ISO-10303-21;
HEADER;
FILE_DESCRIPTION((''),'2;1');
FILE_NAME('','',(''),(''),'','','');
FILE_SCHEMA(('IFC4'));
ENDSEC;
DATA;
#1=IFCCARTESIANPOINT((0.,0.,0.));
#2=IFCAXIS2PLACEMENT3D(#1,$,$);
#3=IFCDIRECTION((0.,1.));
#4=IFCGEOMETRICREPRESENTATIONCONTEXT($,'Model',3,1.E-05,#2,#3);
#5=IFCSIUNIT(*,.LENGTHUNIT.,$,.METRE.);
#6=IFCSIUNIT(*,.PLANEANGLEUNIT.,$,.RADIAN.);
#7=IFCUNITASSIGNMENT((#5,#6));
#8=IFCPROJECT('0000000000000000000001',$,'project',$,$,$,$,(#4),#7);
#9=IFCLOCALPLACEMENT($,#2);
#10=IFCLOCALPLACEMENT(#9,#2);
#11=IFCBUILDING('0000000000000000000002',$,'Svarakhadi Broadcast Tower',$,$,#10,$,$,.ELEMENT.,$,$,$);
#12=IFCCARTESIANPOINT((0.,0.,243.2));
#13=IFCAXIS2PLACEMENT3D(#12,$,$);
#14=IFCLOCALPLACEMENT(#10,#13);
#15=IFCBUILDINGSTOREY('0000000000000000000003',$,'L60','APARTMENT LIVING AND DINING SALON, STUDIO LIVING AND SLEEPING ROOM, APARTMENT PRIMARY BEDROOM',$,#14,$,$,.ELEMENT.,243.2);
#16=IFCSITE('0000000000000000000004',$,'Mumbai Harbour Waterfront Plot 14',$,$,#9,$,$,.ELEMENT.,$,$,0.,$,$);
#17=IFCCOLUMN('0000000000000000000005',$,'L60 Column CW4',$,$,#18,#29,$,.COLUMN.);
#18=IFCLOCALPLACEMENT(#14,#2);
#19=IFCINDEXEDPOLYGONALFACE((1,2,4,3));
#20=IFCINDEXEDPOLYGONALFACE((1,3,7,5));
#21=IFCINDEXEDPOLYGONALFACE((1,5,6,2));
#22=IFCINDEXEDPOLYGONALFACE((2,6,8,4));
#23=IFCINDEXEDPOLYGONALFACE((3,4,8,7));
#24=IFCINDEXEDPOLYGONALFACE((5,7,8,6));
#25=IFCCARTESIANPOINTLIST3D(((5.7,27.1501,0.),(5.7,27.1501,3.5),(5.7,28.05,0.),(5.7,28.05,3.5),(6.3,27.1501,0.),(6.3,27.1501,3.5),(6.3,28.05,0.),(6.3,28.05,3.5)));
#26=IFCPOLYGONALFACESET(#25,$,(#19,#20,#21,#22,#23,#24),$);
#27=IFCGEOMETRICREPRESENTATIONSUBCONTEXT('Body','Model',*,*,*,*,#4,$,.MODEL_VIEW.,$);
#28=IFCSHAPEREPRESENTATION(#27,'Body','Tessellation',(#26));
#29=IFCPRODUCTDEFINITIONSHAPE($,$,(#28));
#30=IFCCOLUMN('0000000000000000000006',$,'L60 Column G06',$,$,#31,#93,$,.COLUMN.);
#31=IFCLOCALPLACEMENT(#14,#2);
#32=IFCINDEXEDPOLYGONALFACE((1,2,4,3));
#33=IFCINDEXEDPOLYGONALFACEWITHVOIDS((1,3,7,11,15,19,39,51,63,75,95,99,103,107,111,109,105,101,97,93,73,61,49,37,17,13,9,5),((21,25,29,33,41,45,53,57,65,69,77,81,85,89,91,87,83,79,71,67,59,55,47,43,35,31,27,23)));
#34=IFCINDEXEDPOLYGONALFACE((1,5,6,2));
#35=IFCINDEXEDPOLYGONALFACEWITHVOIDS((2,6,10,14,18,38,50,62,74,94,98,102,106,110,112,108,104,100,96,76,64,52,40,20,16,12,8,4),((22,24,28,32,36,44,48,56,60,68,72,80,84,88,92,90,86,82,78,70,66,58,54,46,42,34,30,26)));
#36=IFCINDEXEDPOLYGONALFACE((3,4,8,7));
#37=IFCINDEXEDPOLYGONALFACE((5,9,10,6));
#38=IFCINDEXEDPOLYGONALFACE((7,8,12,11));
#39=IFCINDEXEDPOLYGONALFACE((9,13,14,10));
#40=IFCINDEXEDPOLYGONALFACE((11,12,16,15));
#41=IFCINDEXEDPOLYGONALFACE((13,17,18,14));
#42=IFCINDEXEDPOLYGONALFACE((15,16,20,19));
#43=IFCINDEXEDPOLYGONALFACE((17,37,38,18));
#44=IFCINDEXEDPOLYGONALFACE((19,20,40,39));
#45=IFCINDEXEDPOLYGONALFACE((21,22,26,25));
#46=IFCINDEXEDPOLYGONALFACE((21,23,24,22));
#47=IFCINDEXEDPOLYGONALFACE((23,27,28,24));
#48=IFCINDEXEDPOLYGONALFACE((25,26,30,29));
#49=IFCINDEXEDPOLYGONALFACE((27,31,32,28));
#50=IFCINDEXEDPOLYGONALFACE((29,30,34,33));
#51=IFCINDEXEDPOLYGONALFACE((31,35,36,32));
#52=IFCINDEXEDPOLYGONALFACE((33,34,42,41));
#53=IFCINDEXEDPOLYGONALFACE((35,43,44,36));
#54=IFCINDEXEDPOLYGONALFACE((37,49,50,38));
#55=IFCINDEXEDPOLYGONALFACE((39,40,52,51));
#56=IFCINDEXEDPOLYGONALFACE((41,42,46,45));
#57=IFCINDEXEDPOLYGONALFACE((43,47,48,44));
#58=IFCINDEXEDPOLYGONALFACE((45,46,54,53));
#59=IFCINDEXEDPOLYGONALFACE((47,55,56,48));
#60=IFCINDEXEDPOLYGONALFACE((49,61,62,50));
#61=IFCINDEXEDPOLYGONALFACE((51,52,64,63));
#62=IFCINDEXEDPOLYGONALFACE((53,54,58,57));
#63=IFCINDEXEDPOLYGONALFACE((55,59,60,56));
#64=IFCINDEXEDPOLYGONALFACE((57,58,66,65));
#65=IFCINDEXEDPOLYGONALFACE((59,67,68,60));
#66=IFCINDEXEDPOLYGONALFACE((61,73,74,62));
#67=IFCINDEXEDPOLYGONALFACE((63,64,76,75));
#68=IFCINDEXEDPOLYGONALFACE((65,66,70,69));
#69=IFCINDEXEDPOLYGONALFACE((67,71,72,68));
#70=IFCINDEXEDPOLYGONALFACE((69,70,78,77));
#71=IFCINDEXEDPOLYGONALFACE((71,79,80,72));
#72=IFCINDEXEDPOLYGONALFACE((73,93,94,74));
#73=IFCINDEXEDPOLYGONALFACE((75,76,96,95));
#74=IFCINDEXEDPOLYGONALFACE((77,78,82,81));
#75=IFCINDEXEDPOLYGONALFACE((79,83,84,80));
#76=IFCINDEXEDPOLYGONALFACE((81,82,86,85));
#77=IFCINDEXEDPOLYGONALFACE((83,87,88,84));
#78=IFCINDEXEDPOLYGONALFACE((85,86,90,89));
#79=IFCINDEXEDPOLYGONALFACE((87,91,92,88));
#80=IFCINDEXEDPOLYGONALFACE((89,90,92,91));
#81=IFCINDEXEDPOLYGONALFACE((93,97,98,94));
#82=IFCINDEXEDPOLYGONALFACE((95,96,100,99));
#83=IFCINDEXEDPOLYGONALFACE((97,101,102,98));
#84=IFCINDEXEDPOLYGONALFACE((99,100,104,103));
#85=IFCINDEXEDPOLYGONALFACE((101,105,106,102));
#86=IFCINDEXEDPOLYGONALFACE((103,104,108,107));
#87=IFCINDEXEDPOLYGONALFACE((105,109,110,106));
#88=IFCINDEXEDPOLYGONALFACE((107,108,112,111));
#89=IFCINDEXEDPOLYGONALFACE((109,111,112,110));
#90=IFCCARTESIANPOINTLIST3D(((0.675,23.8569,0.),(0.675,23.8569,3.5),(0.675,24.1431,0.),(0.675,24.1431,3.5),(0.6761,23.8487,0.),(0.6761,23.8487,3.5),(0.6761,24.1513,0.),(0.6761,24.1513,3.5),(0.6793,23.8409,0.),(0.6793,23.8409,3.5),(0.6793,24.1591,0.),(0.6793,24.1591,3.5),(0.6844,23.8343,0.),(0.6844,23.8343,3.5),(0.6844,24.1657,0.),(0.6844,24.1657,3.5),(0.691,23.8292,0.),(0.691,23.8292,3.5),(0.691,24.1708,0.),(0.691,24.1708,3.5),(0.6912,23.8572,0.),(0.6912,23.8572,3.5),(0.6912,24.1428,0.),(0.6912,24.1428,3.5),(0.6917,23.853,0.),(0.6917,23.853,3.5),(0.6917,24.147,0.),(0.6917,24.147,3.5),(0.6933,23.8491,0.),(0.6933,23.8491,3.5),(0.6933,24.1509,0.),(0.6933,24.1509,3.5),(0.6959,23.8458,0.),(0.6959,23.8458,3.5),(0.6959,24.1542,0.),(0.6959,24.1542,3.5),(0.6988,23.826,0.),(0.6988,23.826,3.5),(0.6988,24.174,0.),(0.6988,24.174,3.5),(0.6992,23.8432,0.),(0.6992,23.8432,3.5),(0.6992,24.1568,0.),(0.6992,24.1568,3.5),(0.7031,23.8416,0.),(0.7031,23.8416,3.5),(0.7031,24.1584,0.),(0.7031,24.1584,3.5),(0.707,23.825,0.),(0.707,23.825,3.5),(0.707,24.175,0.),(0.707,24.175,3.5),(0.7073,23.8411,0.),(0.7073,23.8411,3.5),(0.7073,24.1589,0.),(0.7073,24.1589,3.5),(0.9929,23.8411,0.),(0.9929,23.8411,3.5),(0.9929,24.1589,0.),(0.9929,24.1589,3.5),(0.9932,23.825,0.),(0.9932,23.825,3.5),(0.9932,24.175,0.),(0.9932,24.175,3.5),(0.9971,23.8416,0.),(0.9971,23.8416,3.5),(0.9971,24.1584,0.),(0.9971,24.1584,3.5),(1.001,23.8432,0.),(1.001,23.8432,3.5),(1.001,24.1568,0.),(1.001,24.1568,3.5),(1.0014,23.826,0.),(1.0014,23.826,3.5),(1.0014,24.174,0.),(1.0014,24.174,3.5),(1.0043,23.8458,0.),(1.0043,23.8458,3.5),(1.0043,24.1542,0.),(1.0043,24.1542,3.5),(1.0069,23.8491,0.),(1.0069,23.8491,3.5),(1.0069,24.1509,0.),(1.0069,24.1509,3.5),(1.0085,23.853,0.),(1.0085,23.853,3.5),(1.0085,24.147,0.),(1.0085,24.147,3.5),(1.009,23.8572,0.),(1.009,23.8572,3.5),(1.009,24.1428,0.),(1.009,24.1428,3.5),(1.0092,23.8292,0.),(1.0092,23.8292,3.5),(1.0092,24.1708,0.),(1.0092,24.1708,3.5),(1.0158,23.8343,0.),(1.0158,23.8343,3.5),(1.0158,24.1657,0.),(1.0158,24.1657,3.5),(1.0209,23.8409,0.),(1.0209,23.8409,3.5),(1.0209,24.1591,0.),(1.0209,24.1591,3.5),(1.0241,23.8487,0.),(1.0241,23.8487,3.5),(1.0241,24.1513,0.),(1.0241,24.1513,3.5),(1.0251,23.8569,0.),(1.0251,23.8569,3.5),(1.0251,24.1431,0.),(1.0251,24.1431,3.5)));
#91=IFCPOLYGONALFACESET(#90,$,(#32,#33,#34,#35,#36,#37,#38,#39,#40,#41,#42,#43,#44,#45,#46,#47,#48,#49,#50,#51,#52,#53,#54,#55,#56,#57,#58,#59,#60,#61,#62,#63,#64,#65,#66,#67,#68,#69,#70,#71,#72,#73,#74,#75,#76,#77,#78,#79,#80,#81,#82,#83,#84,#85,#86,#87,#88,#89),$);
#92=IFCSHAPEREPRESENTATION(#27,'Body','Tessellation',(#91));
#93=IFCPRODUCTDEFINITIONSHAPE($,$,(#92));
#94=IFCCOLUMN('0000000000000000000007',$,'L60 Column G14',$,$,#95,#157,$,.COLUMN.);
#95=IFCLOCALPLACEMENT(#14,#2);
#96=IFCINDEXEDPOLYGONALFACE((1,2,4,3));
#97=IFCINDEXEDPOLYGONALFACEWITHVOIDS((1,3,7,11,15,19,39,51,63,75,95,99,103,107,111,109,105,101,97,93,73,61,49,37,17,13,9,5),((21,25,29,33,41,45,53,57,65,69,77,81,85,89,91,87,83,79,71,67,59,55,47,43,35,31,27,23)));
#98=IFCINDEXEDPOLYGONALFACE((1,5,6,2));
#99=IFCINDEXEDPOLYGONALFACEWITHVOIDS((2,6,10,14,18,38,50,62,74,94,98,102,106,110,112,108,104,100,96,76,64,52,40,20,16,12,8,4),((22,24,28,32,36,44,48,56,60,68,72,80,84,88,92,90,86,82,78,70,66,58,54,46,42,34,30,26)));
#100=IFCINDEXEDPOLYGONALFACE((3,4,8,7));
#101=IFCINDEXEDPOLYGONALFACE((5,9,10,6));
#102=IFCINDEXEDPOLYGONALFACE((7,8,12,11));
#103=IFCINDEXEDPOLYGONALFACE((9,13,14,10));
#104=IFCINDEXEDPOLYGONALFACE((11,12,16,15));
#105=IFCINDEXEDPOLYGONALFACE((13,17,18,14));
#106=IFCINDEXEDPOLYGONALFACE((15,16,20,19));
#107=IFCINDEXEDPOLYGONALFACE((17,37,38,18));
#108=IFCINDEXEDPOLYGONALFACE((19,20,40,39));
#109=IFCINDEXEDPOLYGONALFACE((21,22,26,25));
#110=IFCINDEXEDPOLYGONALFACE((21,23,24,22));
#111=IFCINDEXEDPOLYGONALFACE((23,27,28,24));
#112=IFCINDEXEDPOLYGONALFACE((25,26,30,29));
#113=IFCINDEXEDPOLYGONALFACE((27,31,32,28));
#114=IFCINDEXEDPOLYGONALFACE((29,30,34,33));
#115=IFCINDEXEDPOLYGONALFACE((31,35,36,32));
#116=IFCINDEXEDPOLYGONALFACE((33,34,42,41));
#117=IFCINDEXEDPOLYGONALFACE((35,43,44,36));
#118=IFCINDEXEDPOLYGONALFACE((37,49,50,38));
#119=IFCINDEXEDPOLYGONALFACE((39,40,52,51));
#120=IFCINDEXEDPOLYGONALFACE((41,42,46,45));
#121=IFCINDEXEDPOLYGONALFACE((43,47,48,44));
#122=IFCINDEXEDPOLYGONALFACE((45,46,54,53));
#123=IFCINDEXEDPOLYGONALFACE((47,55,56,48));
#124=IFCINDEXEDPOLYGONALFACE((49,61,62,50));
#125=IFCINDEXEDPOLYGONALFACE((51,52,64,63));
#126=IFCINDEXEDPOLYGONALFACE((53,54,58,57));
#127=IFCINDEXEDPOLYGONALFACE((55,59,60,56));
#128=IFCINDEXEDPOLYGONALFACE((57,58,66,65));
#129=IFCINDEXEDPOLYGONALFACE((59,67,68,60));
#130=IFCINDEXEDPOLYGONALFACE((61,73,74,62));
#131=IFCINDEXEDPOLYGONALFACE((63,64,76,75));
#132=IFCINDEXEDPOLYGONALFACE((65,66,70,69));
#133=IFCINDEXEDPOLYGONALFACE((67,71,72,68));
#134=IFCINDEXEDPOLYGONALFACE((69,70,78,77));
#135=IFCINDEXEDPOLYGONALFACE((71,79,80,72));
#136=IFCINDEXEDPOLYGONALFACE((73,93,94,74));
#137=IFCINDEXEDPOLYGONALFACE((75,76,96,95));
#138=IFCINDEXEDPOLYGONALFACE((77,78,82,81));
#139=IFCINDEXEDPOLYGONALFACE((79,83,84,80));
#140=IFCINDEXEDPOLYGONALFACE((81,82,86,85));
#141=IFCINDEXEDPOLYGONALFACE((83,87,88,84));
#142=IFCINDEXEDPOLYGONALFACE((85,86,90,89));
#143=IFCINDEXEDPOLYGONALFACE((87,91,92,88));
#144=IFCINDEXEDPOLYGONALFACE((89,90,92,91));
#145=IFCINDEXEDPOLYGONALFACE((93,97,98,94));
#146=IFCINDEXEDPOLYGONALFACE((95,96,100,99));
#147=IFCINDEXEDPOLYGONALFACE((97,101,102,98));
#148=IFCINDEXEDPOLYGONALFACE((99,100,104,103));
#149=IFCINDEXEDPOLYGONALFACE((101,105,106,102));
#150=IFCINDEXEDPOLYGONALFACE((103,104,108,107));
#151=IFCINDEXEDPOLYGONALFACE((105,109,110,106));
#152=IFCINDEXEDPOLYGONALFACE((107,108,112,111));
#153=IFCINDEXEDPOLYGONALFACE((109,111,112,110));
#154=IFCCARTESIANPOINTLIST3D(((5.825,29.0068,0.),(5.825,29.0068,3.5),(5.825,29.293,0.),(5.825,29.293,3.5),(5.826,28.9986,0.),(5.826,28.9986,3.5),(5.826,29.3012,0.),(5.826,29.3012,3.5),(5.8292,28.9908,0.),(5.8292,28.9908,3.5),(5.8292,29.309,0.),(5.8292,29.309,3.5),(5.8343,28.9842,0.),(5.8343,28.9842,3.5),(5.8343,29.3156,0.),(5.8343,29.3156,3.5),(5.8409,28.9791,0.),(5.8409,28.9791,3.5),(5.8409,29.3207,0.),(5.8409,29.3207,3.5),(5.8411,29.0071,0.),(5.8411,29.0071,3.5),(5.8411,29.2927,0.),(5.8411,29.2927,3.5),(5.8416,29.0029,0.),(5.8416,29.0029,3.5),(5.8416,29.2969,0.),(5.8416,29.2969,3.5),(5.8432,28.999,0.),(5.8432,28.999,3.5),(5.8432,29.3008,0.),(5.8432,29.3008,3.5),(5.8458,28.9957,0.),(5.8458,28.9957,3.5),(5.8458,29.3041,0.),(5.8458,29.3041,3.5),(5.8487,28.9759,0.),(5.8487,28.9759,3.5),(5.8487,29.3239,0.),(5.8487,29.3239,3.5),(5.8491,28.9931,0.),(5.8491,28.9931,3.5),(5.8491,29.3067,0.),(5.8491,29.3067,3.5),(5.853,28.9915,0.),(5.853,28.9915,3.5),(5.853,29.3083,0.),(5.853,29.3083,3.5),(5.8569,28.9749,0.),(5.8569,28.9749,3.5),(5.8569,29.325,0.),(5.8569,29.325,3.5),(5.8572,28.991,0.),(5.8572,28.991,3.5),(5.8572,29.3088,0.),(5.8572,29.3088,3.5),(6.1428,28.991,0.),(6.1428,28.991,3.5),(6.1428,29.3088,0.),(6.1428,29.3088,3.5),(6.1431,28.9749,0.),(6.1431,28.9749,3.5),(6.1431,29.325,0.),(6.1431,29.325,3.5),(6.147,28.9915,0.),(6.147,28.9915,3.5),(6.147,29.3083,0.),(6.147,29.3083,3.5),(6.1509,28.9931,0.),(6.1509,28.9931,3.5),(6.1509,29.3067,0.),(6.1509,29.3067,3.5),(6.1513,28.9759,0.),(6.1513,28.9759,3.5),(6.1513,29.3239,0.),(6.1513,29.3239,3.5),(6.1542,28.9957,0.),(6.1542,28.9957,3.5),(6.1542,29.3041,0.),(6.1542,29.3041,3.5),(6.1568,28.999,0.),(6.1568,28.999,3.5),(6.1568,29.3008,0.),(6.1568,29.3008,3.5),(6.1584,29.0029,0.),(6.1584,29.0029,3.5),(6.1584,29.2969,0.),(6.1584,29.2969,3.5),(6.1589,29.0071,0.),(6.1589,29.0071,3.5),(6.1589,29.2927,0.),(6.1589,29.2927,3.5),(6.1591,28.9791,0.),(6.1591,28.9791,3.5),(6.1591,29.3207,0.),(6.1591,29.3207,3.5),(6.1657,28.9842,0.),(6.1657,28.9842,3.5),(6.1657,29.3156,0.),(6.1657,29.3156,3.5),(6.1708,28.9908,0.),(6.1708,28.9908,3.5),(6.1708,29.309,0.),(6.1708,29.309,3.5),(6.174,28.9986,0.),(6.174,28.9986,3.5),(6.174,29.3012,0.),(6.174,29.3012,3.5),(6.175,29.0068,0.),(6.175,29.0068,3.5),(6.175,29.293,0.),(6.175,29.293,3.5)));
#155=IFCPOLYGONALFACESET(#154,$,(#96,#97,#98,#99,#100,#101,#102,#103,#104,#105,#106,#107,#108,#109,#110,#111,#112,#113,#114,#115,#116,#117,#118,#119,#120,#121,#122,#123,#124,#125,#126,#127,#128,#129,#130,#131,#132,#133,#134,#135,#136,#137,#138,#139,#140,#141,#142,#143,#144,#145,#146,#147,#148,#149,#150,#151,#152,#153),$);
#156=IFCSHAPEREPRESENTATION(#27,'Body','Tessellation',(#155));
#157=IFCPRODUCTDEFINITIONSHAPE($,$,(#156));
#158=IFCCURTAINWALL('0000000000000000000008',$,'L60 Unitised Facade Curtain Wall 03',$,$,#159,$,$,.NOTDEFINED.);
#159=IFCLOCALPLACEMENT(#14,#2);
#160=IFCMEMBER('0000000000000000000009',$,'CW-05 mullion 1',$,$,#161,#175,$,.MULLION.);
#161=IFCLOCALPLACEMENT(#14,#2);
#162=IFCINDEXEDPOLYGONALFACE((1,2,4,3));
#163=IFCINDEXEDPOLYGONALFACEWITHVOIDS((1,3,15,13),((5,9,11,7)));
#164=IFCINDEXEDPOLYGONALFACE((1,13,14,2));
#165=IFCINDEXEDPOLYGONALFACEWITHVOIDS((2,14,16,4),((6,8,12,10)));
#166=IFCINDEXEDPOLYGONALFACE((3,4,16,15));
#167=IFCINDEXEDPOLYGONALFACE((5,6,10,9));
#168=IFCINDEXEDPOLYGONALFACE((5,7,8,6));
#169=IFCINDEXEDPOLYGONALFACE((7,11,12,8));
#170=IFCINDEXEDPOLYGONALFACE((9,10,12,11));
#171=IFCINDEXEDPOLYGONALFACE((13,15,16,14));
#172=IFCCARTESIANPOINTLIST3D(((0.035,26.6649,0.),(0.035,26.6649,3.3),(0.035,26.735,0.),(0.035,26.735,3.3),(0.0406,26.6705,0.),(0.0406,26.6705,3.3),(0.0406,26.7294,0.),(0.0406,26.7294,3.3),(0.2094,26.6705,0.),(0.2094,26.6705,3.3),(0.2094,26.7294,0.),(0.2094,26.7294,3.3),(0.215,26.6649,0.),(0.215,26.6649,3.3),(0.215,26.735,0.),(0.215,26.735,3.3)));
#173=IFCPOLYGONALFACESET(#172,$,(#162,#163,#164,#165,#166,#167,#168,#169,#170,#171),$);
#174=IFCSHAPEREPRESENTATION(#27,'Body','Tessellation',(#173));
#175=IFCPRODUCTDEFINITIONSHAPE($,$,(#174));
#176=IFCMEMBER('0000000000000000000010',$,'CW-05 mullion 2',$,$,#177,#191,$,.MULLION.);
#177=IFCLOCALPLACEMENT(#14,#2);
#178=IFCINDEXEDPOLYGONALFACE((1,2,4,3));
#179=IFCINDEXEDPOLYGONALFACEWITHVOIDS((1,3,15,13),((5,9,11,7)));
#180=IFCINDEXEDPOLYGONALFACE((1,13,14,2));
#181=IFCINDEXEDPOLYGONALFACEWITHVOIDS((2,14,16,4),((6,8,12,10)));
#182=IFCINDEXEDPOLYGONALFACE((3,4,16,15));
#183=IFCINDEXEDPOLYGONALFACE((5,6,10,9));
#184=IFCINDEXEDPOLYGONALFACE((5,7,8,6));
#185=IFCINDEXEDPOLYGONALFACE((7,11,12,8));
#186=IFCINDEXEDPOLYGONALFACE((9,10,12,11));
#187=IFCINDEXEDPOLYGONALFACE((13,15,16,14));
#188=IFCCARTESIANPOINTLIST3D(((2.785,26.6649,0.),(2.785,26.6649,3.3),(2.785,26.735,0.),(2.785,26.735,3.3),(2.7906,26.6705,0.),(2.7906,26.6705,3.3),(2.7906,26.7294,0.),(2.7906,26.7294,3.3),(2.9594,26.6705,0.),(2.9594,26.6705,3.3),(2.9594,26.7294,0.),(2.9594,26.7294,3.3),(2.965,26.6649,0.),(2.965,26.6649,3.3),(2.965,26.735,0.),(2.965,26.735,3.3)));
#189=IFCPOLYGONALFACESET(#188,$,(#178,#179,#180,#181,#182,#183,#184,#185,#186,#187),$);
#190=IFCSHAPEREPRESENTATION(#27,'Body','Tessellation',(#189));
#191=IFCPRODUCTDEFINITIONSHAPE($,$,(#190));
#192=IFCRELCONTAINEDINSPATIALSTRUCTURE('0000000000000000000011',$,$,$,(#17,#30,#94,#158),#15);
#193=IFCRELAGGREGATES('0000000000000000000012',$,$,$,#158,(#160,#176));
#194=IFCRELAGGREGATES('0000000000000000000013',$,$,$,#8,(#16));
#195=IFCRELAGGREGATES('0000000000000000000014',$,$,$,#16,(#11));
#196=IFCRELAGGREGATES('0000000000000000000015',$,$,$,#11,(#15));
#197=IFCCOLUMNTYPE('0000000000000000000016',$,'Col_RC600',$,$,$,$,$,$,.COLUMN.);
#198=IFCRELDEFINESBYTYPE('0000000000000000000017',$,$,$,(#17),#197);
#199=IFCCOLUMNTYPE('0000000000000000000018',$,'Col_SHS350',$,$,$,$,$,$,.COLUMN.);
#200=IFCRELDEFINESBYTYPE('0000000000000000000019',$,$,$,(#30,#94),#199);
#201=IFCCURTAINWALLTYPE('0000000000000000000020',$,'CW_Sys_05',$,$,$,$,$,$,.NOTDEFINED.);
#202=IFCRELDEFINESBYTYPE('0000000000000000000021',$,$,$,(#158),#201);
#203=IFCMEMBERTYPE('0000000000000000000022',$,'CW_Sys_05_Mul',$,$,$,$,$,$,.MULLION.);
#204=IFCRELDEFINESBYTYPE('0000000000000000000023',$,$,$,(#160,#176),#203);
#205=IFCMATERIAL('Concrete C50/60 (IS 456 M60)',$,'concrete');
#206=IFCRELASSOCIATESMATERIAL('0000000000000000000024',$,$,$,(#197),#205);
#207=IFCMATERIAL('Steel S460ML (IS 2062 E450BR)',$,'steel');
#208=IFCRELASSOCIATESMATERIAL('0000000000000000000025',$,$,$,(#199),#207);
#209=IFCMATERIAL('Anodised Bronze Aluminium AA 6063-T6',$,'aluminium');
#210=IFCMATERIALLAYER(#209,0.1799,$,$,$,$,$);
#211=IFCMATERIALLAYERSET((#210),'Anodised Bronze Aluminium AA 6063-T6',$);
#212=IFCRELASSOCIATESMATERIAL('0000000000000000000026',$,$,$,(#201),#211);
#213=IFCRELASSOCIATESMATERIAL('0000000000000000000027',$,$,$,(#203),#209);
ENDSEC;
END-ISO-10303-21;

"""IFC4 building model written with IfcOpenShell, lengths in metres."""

from ifc_helpers import new_model, si_unit, direction, frame, origin, origin_2d, place, context, subcontext, project, spatial, rectangle, hollow_rectangle, extrude, material, layer, layer_set, material_profile, profile_set, type_object, element, aggregate, save


model = new_model("IFC4")

# Units and contexts
model_context = context("Model", 3, precision=1e-05, world=origin(), true_north=direction((0.0, 1.0)))
body_context = subcontext(model_context, "Body", "Model", "MODEL_VIEW")
ifc_project = project(units=[si_unit("LENGTHUNIT", "METRE"), si_unit("PLANEANGLEUNIT", "RADIAN")], contexts=[model_context])

# Site, building, storey
site_placement = place(None, origin())
site = spatial("IfcSite", under=ifc_project, at=site_placement, Name="Mumbai Harbour Waterfront Plot 14", CompositionType="ELEMENT", RefElevation=0.0)
building_placement = place(site_placement, origin())
building = spatial("IfcBuilding", under=site, at=building_placement, Name="Svarakhadi Broadcast Tower", CompositionType="ELEMENT")
storey_placement = place(building_placement, frame((0.0, 0.0, 243.2)))
storey = spatial("IfcBuildingStorey", under=building, at=storey_placement, Name="L60", Description="APARTMENT LIVING AND DINING SALON, STUDIO LIVING AND SLEEPING ROOM, APARTMENT PRIMARY BEDROOM", CompositionType="ELEMENT", Elevation=243.2)

# Columns
ifc_material_1 = material(Name="Concrete C50/60 (IS 456 M60)", Category="concrete")
ifc_material_profile_1 = material_profile(ifc_material_1, rectangle(XDim=0.6001, YDim=0.8999, at=origin_2d()), Name="RC 600x900")
ifc_profile_set_1 = profile_set([ifc_material_profile_1], Name="Concrete C50/60 (IS 456 M60)")
column_type_1 = type_object("IfcColumnType", Name="Col_RC600", PredefinedType="COLUMN", material=ifc_profile_set_1)
column_placement = place(storey_placement, frame((6.0, 27.6001, 0.0), z_axis=(0.0, 0.0, 1.0), x_axis=(1.0, 0.0, 0.0)))
element("IfcColumn", 1, at=column_placement, inside=storey, type_object=column_type_1, Name="L60 Column CW4", PredefinedType="COLUMN", context=body_context, shape_type="SweptSolid", body=[
    extrude(rectangle(XDim=0.6001, YDim=0.8999, at=origin_2d()), origin(), (0.0, 0.0, 1.0), 3.5),
])
ifc_material_2 = material(Name="Steel S460ML (IS 2062 E450BR)", Category="steel")
ifc_material_profile_2 = material_profile(ifc_material_2, hollow_rectangle(XDim=0.3501, YDim=0.3501, WallThickness=0.0161, InnerFilletRadius=0.0161, OuterFilletRadius=0.032, at=origin_2d()), Name="SHS 350x350x16")
ifc_profile_set_2 = profile_set([ifc_material_profile_2], Name="Steel S460ML (IS 2062 E450BR)")
column_type_2 = type_object("IfcColumnType", Name="Col_SHS350", PredefinedType="COLUMN", material=ifc_profile_set_2)
for number, where, z_axis, x_axis, name in (
    (2, (0.8501, 24.0, 0.0), (0.0, 0.0, 1.0), (1.0, 0.0, 0.0), "L60 Column G06"),
    (3, (6.0, 29.1499, 0.0), (0.0, 0.0, 1.0), (1.0, 0.0, 0.0), "L60 Column G14"),
):
    element("IfcColumn", number, at=place(storey_placement, frame(where, z_axis=z_axis, x_axis=x_axis)), inside=storey, type_object=column_type_2, Name=name, PredefinedType="COLUMN", context=body_context, shape_type="SweptSolid", body=[
        extrude(hollow_rectangle(XDim=0.3501, YDim=0.3501, WallThickness=0.0161, InnerFilletRadius=0.0161, OuterFilletRadius=0.032, at=origin_2d()), origin(), (0.0, 0.0, 1.0), 3.5),
    ])

# Curtain wall, members
ifc_material_3 = material(Name="Anodised Bronze Aluminium AA 6063-T6", Category="aluminium")
ifc_layer_1 = layer(ifc_material_3, 0.1799)
ifc_layer_set_1 = layer_set([ifc_layer_1], Name="Anodised Bronze Aluminium AA 6063-T6")
curtain_wall_type = type_object("IfcCurtainWallType", Name="CW_Sys_05", PredefinedType="NOTDEFINED", material=ifc_layer_set_1)
curtain_wall_1_placement = place(storey_placement, origin())
curtain_wall_1 = element("IfcCurtainWall", 4, at=curtain_wall_1_placement, inside=storey, type_object=curtain_wall_type, Name="L60 Unitised Facade Curtain Wall 03", PredefinedType="NOTDEFINED")
ifc_material_profile_3 = material_profile(ifc_material_3, hollow_rectangle(XDim=0.0701, YDim=0.1799, WallThickness=0.0056, at=origin_2d()), Name="ALU MULLION 180x70x6")
ifc_profile_set_3 = profile_set([ifc_material_profile_3], Name="Anodised Bronze Aluminium AA 6063-T6")
member_type_1 = type_object("IfcMemberType", Name="CW_Sys_05_Mul", PredefinedType="MULLION", material=ifc_profile_set_3)
member_1_placement = place(storey_placement, frame((0.125, 26.7, 0.0), z_axis=(0.0, 0.0, 1.0), x_axis=(0.0, 1.0, 0.0)))
member_1 = element("IfcMember", 5, at=member_1_placement, type_object=member_type_1, Name="CW-05 mullion 1", PredefinedType="MULLION", context=body_context, shape_type="SweptSolid", body=[
    extrude(hollow_rectangle(XDim=0.0701, YDim=0.1799, WallThickness=0.0056, at=origin_2d()), origin(), (0.0, 0.0, 1.0), 3.3),
])
member_2_placement = place(storey_placement, frame((2.875, 26.7, 0.0), z_axis=(0.0, 0.0, 1.0), x_axis=(0.0, 1.0, 0.0)))
member_2 = element("IfcMember", 6, at=member_2_placement, type_object=member_type_1, Name="CW-05 mullion 2", PredefinedType="MULLION", context=body_context, shape_type="SweptSolid", body=[
    extrude(hollow_rectangle(XDim=0.0701, YDim=0.1799, WallThickness=0.0056, at=origin_2d()), origin(), (0.0, 0.0, 1.0), 3.3),
])

aggregate(curtain_wall_1, [member_1, member_2])

save(model, "model.ifc")
